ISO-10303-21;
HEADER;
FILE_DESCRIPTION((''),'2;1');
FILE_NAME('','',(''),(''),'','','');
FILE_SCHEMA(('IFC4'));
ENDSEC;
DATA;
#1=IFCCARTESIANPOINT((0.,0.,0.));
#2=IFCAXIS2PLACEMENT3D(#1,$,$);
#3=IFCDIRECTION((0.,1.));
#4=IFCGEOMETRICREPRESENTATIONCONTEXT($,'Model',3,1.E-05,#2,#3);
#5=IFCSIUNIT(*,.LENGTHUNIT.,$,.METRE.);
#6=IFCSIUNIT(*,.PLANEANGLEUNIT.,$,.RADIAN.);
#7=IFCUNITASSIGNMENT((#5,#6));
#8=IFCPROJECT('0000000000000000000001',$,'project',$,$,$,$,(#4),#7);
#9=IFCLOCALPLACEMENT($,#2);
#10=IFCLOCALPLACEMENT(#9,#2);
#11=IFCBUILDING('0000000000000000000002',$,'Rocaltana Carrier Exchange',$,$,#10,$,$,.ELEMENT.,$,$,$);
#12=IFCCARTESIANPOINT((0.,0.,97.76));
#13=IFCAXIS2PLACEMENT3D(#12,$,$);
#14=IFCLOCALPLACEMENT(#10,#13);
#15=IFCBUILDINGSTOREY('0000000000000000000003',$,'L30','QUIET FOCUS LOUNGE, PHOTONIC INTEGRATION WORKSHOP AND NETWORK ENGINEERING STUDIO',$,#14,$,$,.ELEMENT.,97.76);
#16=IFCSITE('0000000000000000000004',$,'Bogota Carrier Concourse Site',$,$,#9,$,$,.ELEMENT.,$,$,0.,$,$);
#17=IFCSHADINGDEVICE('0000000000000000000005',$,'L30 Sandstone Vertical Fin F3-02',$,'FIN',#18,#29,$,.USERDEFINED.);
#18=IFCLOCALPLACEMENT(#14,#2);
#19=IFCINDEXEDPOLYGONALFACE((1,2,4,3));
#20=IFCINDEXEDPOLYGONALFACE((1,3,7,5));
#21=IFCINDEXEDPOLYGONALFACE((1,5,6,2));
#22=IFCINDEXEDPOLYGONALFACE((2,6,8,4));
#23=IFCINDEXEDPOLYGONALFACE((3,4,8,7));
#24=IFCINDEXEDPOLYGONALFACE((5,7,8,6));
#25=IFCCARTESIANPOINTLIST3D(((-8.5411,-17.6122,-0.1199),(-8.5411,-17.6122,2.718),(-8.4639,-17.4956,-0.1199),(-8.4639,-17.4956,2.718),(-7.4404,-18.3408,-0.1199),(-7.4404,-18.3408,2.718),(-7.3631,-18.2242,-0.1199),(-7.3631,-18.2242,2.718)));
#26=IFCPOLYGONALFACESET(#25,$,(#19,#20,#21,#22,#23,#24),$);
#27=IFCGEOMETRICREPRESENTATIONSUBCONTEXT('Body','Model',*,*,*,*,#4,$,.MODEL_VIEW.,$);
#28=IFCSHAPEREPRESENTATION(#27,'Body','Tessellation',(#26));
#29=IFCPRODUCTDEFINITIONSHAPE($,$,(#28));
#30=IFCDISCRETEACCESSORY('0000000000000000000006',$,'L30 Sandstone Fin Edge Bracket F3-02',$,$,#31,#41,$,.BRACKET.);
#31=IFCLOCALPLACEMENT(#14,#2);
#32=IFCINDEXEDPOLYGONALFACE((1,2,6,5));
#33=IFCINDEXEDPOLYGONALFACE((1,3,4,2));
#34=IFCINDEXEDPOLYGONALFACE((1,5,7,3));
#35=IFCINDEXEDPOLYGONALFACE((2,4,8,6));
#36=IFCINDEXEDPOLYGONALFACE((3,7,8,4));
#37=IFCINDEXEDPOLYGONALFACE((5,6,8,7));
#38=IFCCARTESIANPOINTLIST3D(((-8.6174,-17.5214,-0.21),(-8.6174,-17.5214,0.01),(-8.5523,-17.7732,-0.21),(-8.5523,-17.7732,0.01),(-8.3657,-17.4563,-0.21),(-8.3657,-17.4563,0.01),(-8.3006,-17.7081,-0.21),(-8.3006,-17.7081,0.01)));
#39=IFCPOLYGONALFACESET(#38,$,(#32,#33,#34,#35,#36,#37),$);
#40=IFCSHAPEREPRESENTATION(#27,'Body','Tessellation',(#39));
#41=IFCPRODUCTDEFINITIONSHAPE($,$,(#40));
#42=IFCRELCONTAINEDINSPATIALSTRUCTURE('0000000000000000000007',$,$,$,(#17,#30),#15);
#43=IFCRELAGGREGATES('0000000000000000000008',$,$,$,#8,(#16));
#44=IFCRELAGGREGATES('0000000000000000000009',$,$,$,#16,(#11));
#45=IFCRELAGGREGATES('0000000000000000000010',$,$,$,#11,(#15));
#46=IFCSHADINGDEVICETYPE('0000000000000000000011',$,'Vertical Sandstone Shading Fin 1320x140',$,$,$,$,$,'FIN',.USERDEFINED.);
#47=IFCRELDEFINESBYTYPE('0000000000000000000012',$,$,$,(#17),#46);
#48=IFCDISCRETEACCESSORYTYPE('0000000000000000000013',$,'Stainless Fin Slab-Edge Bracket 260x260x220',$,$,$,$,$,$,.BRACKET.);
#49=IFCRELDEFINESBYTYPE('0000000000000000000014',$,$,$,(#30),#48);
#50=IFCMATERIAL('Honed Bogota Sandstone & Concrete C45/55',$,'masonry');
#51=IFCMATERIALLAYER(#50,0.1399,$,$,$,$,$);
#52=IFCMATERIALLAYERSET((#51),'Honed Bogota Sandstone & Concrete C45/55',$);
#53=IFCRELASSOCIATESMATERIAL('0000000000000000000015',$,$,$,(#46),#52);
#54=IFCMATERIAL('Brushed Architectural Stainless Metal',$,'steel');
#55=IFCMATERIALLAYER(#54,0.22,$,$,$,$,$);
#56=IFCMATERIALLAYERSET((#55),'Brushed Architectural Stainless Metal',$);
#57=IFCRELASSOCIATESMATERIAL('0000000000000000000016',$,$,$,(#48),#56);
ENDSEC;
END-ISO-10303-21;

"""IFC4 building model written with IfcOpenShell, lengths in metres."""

from ifc_helpers import new_model, si_unit, direction, frame, origin, origin_2d, place, context, subcontext, project, spatial, rectangle, extrude, material, layer, layer_set, type_object, element, save


model = new_model("IFC4")

# Units and contexts
model_context = context("Model", 3, precision=1e-05, world=origin(), true_north=direction((0.0, 1.0)))
body_context = subcontext(model_context, "Body", "Model", "MODEL_VIEW")
ifc_project = project(units=[si_unit("LENGTHUNIT", "METRE"), si_unit("PLANEANGLEUNIT", "RADIAN")], contexts=[model_context])

# Site, building, storey
site_placement = place(None, origin())
site = spatial("IfcSite", under=ifc_project, at=site_placement, Name="Bogota Carrier Concourse Site", CompositionType="ELEMENT", RefElevation=0.0)
building_placement = place(site_placement, origin())
building = spatial("IfcBuilding", under=site, at=building_placement, Name="Rocaltana Carrier Exchange", CompositionType="ELEMENT")
storey_placement = place(building_placement, frame((0.0, 0.0, 97.76)))
storey = spatial("IfcBuildingStorey", under=building, at=storey_placement, Name="L30", Description="QUIET FOCUS LOUNGE, PHOTONIC INTEGRATION WORKSHOP AND NETWORK ENGINEERING STUDIO", CompositionType="ELEMENT", Elevation=97.76)

# Shading device
ifc_material_1 = material(Name="Honed Bogota Sandstone & Concrete C45/55", Category="masonry")
ifc_layer_1 = layer(ifc_material_1, 0.1399)
ifc_layer_set_1 = layer_set([ifc_layer_1], Name="Honed Bogota Sandstone & Concrete C45/55")
shading_device_type = type_object("IfcShadingDeviceType", Name="Vertical Sandstone Shading Fin 1320x140", ElementType="FIN", PredefinedType="USERDEFINED", material=ifc_layer_set_1)
shading_device_placement = place(storey_placement, frame((-7.9521, -17.9182, -0.1199), z_axis=(0.0, 0.0, 1.0), x_axis=(0.833886, -0.551937, 0.0)))
element("IfcShadingDevice", 1, at=shading_device_placement, inside=storey, type_object=shading_device_type, Name="L30 Sandstone Vertical Fin F3-02", ObjectType="FIN", PredefinedType="USERDEFINED", context=body_context, shape_type="SweptSolid", body=[
    extrude(rectangle(XDim=1.3201, YDim=0.1399, at=origin_2d()), origin(), (0.0, 0.0, 1.0), 2.8379),
])

# Discrete accessory
ifc_material_2 = material(Name="Brushed Architectural Stainless Metal", Category="steel")
ifc_layer_2 = layer(ifc_material_2, 0.22)
ifc_layer_set_2 = layer_set([ifc_layer_2], Name="Brushed Architectural Stainless Metal")
discrete_accessory_type = type_object("IfcDiscreteAccessoryType", Name="Stainless Fin Slab-Edge Bracket 260x260x220", PredefinedType="BRACKET", material=ifc_layer_set_2)
discrete_accessory_placement = place(storey_placement, frame((-8.459, -17.6147, -0.21), z_axis=(0.0, 0.0, 1.0), x_axis=(0.968148, 0.25038, 0.0)))
element("IfcDiscreteAccessory", 2, at=discrete_accessory_placement, inside=storey, type_object=discrete_accessory_type, Name="L30 Sandstone Fin Edge Bracket F3-02", PredefinedType="BRACKET", context=body_context, shape_type="SweptSolid", body=[
    extrude(rectangle(XDim=0.26, YDim=0.26, at=origin_2d()), origin(), (0.0, 0.0, 1.0), 0.22),
])

save(model, "model.ifc")
